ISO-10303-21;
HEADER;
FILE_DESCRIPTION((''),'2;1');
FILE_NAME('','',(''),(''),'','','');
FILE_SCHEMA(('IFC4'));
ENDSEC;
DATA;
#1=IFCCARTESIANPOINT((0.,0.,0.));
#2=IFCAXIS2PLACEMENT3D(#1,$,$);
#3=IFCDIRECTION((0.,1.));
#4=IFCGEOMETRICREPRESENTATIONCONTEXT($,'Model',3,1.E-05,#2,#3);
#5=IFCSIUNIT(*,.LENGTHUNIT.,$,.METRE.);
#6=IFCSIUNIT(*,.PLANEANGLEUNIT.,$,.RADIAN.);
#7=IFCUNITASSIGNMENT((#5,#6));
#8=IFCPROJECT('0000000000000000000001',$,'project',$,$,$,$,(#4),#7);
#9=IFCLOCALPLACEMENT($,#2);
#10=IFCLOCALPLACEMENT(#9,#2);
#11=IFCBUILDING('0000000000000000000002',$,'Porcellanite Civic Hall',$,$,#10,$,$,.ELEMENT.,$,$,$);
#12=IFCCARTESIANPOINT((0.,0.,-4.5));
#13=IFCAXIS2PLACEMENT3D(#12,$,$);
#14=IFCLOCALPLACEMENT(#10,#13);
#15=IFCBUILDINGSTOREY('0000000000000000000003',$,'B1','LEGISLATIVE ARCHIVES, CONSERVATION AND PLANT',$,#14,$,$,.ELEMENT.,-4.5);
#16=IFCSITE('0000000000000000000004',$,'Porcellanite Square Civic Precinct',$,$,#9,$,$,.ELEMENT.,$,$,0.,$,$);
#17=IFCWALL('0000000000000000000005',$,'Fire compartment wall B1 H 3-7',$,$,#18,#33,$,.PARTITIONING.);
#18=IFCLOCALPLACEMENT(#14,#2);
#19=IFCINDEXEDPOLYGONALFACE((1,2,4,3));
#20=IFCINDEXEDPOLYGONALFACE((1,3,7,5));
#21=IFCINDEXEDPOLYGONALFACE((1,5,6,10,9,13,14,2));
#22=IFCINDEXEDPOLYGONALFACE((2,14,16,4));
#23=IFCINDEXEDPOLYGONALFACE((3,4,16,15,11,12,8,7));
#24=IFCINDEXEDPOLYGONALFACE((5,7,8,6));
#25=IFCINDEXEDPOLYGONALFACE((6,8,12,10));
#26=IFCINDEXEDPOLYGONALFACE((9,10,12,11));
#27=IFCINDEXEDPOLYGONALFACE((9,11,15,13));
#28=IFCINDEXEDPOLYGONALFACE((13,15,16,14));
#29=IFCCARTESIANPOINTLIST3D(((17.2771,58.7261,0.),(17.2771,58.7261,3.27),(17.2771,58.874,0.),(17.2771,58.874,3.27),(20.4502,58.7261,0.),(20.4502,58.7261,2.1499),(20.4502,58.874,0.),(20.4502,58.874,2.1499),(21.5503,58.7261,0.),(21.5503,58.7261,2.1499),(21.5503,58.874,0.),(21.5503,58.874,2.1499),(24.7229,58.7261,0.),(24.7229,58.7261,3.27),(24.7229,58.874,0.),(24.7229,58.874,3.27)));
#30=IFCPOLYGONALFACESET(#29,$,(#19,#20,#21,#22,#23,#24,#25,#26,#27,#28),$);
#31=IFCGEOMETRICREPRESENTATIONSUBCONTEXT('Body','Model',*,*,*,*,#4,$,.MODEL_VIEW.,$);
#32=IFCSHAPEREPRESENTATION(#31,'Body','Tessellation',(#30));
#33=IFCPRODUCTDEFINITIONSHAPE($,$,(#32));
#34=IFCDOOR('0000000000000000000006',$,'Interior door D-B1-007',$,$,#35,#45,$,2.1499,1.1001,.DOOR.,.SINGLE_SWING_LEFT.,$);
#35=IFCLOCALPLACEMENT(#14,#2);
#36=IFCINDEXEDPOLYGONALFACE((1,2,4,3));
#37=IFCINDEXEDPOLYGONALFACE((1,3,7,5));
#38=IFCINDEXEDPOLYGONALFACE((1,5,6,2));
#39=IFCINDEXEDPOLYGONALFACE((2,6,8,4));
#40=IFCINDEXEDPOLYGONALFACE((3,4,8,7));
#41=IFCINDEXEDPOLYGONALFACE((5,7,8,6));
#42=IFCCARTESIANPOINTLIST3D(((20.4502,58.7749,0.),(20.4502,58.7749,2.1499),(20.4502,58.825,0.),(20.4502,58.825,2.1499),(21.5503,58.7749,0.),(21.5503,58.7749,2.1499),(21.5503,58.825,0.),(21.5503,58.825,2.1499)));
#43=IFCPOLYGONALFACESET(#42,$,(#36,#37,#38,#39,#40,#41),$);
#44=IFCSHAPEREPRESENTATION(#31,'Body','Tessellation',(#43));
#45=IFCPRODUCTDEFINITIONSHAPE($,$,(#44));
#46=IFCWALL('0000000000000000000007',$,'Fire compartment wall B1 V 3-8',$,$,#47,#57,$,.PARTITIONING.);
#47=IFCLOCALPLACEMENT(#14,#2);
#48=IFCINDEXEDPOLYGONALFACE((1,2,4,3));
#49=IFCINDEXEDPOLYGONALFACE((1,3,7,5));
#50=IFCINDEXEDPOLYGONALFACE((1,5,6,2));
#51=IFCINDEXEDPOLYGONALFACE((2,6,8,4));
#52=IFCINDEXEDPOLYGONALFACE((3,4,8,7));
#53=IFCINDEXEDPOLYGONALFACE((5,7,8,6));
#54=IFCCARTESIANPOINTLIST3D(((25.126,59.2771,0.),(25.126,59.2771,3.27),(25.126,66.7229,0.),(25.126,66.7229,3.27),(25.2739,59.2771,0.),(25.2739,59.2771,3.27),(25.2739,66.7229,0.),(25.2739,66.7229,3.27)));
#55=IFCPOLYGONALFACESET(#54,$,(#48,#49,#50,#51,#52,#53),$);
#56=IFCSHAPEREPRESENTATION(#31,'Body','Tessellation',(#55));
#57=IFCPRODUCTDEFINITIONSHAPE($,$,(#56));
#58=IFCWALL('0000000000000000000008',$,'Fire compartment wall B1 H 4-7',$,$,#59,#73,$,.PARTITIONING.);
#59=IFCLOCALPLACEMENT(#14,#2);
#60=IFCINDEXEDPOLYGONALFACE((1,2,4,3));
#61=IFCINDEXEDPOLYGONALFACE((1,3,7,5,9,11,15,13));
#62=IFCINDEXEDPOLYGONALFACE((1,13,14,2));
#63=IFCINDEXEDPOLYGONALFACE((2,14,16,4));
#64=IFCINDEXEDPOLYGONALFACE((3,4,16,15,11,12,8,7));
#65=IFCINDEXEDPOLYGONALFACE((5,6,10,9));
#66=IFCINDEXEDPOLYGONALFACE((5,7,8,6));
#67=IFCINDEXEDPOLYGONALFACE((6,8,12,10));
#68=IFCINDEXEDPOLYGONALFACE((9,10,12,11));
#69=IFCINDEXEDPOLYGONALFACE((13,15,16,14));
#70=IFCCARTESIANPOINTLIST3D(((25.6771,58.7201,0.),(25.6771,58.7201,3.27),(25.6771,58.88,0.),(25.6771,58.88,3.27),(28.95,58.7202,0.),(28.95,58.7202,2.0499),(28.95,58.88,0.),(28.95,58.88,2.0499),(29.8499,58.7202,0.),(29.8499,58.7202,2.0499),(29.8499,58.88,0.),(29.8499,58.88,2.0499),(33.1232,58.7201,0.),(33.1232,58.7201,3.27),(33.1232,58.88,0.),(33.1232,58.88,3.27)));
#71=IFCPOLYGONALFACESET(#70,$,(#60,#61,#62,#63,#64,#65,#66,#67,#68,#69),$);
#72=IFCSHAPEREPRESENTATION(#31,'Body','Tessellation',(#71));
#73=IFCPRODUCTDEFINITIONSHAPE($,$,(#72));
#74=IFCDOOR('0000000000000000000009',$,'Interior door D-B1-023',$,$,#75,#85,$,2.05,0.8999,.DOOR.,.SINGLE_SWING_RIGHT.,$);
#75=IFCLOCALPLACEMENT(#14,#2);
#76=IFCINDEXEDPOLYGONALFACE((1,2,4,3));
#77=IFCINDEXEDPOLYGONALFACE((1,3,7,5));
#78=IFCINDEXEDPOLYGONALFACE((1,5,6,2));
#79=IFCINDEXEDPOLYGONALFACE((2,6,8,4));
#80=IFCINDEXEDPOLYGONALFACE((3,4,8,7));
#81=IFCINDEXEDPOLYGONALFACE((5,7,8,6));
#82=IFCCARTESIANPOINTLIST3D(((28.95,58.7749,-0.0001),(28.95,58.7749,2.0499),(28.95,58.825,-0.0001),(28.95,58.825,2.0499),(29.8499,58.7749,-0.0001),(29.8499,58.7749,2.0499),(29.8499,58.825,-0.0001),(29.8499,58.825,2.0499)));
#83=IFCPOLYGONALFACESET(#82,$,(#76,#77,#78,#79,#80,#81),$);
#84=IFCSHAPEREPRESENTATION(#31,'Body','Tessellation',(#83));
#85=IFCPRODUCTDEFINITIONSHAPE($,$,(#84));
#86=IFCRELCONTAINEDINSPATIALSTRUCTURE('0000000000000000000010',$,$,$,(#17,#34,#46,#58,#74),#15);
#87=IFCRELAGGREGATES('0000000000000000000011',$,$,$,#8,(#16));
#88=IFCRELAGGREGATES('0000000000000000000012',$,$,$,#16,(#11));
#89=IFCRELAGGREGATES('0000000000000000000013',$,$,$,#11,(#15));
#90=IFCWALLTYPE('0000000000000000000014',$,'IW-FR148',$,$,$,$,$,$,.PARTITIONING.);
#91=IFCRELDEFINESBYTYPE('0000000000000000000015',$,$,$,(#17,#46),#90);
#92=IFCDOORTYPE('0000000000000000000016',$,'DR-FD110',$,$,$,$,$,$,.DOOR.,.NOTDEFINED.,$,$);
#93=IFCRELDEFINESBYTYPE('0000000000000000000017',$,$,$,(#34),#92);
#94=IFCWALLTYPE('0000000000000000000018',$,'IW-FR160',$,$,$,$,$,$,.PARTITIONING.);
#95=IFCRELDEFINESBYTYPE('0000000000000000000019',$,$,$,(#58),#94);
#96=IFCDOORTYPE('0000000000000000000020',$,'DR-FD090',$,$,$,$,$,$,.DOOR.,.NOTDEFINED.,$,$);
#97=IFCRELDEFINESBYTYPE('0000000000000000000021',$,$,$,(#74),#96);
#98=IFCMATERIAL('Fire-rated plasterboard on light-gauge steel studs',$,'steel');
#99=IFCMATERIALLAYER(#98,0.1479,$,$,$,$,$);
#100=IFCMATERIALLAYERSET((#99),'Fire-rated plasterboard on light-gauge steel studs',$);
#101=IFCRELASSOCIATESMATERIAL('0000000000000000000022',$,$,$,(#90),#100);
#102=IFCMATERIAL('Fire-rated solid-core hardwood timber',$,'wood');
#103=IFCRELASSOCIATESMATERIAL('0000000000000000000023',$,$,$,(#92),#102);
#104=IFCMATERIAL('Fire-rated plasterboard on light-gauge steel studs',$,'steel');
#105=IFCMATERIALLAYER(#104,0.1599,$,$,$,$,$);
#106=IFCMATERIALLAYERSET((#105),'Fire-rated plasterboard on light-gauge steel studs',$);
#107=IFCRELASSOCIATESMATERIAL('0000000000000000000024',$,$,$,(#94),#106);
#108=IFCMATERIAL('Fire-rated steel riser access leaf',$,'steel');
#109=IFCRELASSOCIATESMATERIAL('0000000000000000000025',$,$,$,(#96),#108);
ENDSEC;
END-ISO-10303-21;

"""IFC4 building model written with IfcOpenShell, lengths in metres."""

from ifc_helpers import new_model, si_unit, direction, frame, frame_2d, origin, place, context, subcontext, project, spatial, rectangle, extrude, material, layer, layer_set, type_object, element, fill, save


model = new_model("IFC4")

# Units and contexts
model_context = context("Model", 3, precision=1e-05, world=origin(), true_north=direction((0.0, 1.0)))
body_context = subcontext(model_context, "Body", "Model", "MODEL_VIEW")
ifc_project = project(units=[si_unit("LENGTHUNIT", "METRE"), si_unit("PLANEANGLEUNIT", "RADIAN")], contexts=[model_context])

# Site, building, storey
site_placement = place(None, origin())
site = spatial("IfcSite", under=ifc_project, at=site_placement, Name="Porcellanite Square Civic Precinct", CompositionType="ELEMENT", RefElevation=0.0)
building_placement = place(site_placement, origin())
building = spatial("IfcBuilding", under=site, at=building_placement, Name="Porcellanite Civic Hall", CompositionType="ELEMENT")
storey_placement = place(building_placement, frame((0.0, 0.0, -4.5)))
storey = spatial("IfcBuildingStorey", under=building, at=storey_placement, Name="B1", Description="LEGISLATIVE ARCHIVES, CONSERVATION AND PLANT", CompositionType="ELEMENT", Elevation=-4.5)

# Wall, opening, door
ifc_material_1 = material(Name="Fire-rated plasterboard on light-gauge steel studs", Category="steel")
ifc_layer_1 = layer(ifc_material_1, 0.1479)
ifc_layer_set_1 = layer_set([ifc_layer_1], Name="Fire-rated plasterboard on light-gauge steel studs")
wall_type_1 = type_object("IfcWallType", Name="IW-FR148", PredefinedType="PARTITIONING", material=ifc_layer_set_1)
wall_1_placement = place(storey_placement, frame((17.2771, 58.8, 0.0), z_axis=(0.0, 0.0, 1.0), x_axis=(1.0, 0.0, 0.0)))
wall_1 = element("IfcWall", 1, at=wall_1_placement, inside=storey, type_object=wall_type_1, Name="Fire compartment wall B1 H 3-7", PredefinedType="PARTITIONING", context=body_context, shape_type="SweptSolid", body=[
    extrude(rectangle(XDim=7.4458, YDim=0.1479, at=frame_2d((3.7229, 0.0))), origin(), (0.0, 0.0, 1.0), 3.27),
])
opening_1_placement = place(wall_1_placement, frame((3.1731, 0.0, 0.0)))
opening_1 = element("IfcOpeningElement", 2, at=opening_1_placement, cuts=wall_1, PredefinedType="OPENING", context=body_context, shape_type="SweptSolid", body=[
    extrude(rectangle(XDim=1.1001, YDim=2.1499, at=frame_2d((0.55, 1.075))), frame((0.0, 0.074, 0.0), z_axis=(0.0, -1.0, 0.0), x_axis=(1.0, 0.0, 0.0)), (0.0, 0.0, 1.0), 0.1479),
])
ifc_material_2 = material(Name="Fire-rated solid-core hardwood timber", Category="wood")
door_type_1 = type_object("IfcDoorType", Name="DR-FD110", OperationType="NOTDEFINED", PredefinedType="DOOR", material=ifc_material_2)
door_1_placement = place(opening_1_placement, origin())
door_1 = element("IfcDoor", 3, at=door_1_placement, inside=storey, type_object=door_type_1, Name="Interior door D-B1-007", OperationType="SINGLE_SWING_LEFT", OverallHeight=2.1499, OverallWidth=1.1001, PredefinedType="DOOR", context=body_context, shape_type="SweptSolid", body=[
    extrude(rectangle(XDim=1.1001, YDim=2.1499, at=frame_2d((0.55, 1.075))), frame((0.0, 0.0249, 0.0), z_axis=(0.0, -1.0, 0.0), x_axis=(1.0, 0.0, 0.0)), (0.0, 0.0, 1.0), 0.05),
])
fill(opening_1, door_1)

# Wall
wall_2_placement = place(storey_placement, frame((25.2, 59.2771, 0.0), z_axis=(0.0, 0.0, 1.0), x_axis=(0.0, 1.0, 0.0)))
element("IfcWall", 4, at=wall_2_placement, inside=storey, type_object=wall_type_1, Name="Fire compartment wall B1 V 3-8", PredefinedType="PARTITIONING", context=body_context, shape_type="SweptSolid", body=[
    extrude(rectangle(XDim=7.4458, YDim=0.1479, at=frame_2d((3.7229, 0.0))), origin(), (0.0, 0.0, 1.0), 3.27),
])

# Wall, opening, door
ifc_material_3 = material(Name="Fire-rated plasterboard on light-gauge steel studs", Category="steel")
ifc_layer_2 = layer(ifc_material_3, 0.1599)
ifc_layer_set_2 = layer_set([ifc_layer_2], Name="Fire-rated plasterboard on light-gauge steel studs")
wall_type_2 = type_object("IfcWallType", Name="IW-FR160", PredefinedType="PARTITIONING", material=ifc_layer_set_2)
wall_3_placement = place(storey_placement, frame((25.677, 58.8, 0.0), z_axis=(0.0, 0.0, 1.0), x_axis=(1.0, 0.0, 0.0)))
wall_3 = element("IfcWall", 5, at=wall_3_placement, inside=storey, type_object=wall_type_2, Name="Fire compartment wall B1 H 4-7", PredefinedType="PARTITIONING", context=body_context, shape_type="SweptSolid", body=[
    extrude(rectangle(XDim=7.446, YDim=0.1599, at=frame_2d((3.7231, 0.0))), origin(), (0.0, 0.0, 1.0), 3.27),
])
opening_2_placement = place(wall_3_placement, frame((3.2729, 0.0, 0.0)))
opening_2 = element("IfcOpeningElement", 6, at=opening_2_placement, cuts=wall_3, PredefinedType="OPENING", context=body_context, shape_type="SweptSolid", body=[
    extrude(rectangle(XDim=0.8999, YDim=2.05, at=frame_2d((0.45, 1.0249))), frame((0.0, 0.0801, 0.0), z_axis=(0.0, -1.0, 0.0), x_axis=(1.0, 0.0, 0.0)), (0.0, 0.0, 1.0), 0.1599),
])
ifc_material_4 = material(Name="Fire-rated steel riser access leaf", Category="steel")
door_type_2 = type_object("IfcDoorType", Name="DR-FD090", OperationType="NOTDEFINED", PredefinedType="DOOR", material=ifc_material_4)
door_2_placement = place(opening_2_placement, origin())
door_2 = element("IfcDoor", 7, at=door_2_placement, inside=storey, type_object=door_type_2, Name="Interior door D-B1-023", OperationType="SINGLE_SWING_RIGHT", OverallHeight=2.05, OverallWidth=0.8999, PredefinedType="DOOR", context=body_context, shape_type="SweptSolid", body=[
    extrude(rectangle(XDim=0.8999, YDim=2.05, at=frame_2d((0.45, 1.0249))), frame((0.0, 0.0249, 0.0), z_axis=(0.0, -1.0, 0.0), x_axis=(1.0, 0.0, 0.0)), (0.0, 0.0, 1.0), 0.05),
])
fill(opening_2, door_2)

save(model, "model.ifc")
